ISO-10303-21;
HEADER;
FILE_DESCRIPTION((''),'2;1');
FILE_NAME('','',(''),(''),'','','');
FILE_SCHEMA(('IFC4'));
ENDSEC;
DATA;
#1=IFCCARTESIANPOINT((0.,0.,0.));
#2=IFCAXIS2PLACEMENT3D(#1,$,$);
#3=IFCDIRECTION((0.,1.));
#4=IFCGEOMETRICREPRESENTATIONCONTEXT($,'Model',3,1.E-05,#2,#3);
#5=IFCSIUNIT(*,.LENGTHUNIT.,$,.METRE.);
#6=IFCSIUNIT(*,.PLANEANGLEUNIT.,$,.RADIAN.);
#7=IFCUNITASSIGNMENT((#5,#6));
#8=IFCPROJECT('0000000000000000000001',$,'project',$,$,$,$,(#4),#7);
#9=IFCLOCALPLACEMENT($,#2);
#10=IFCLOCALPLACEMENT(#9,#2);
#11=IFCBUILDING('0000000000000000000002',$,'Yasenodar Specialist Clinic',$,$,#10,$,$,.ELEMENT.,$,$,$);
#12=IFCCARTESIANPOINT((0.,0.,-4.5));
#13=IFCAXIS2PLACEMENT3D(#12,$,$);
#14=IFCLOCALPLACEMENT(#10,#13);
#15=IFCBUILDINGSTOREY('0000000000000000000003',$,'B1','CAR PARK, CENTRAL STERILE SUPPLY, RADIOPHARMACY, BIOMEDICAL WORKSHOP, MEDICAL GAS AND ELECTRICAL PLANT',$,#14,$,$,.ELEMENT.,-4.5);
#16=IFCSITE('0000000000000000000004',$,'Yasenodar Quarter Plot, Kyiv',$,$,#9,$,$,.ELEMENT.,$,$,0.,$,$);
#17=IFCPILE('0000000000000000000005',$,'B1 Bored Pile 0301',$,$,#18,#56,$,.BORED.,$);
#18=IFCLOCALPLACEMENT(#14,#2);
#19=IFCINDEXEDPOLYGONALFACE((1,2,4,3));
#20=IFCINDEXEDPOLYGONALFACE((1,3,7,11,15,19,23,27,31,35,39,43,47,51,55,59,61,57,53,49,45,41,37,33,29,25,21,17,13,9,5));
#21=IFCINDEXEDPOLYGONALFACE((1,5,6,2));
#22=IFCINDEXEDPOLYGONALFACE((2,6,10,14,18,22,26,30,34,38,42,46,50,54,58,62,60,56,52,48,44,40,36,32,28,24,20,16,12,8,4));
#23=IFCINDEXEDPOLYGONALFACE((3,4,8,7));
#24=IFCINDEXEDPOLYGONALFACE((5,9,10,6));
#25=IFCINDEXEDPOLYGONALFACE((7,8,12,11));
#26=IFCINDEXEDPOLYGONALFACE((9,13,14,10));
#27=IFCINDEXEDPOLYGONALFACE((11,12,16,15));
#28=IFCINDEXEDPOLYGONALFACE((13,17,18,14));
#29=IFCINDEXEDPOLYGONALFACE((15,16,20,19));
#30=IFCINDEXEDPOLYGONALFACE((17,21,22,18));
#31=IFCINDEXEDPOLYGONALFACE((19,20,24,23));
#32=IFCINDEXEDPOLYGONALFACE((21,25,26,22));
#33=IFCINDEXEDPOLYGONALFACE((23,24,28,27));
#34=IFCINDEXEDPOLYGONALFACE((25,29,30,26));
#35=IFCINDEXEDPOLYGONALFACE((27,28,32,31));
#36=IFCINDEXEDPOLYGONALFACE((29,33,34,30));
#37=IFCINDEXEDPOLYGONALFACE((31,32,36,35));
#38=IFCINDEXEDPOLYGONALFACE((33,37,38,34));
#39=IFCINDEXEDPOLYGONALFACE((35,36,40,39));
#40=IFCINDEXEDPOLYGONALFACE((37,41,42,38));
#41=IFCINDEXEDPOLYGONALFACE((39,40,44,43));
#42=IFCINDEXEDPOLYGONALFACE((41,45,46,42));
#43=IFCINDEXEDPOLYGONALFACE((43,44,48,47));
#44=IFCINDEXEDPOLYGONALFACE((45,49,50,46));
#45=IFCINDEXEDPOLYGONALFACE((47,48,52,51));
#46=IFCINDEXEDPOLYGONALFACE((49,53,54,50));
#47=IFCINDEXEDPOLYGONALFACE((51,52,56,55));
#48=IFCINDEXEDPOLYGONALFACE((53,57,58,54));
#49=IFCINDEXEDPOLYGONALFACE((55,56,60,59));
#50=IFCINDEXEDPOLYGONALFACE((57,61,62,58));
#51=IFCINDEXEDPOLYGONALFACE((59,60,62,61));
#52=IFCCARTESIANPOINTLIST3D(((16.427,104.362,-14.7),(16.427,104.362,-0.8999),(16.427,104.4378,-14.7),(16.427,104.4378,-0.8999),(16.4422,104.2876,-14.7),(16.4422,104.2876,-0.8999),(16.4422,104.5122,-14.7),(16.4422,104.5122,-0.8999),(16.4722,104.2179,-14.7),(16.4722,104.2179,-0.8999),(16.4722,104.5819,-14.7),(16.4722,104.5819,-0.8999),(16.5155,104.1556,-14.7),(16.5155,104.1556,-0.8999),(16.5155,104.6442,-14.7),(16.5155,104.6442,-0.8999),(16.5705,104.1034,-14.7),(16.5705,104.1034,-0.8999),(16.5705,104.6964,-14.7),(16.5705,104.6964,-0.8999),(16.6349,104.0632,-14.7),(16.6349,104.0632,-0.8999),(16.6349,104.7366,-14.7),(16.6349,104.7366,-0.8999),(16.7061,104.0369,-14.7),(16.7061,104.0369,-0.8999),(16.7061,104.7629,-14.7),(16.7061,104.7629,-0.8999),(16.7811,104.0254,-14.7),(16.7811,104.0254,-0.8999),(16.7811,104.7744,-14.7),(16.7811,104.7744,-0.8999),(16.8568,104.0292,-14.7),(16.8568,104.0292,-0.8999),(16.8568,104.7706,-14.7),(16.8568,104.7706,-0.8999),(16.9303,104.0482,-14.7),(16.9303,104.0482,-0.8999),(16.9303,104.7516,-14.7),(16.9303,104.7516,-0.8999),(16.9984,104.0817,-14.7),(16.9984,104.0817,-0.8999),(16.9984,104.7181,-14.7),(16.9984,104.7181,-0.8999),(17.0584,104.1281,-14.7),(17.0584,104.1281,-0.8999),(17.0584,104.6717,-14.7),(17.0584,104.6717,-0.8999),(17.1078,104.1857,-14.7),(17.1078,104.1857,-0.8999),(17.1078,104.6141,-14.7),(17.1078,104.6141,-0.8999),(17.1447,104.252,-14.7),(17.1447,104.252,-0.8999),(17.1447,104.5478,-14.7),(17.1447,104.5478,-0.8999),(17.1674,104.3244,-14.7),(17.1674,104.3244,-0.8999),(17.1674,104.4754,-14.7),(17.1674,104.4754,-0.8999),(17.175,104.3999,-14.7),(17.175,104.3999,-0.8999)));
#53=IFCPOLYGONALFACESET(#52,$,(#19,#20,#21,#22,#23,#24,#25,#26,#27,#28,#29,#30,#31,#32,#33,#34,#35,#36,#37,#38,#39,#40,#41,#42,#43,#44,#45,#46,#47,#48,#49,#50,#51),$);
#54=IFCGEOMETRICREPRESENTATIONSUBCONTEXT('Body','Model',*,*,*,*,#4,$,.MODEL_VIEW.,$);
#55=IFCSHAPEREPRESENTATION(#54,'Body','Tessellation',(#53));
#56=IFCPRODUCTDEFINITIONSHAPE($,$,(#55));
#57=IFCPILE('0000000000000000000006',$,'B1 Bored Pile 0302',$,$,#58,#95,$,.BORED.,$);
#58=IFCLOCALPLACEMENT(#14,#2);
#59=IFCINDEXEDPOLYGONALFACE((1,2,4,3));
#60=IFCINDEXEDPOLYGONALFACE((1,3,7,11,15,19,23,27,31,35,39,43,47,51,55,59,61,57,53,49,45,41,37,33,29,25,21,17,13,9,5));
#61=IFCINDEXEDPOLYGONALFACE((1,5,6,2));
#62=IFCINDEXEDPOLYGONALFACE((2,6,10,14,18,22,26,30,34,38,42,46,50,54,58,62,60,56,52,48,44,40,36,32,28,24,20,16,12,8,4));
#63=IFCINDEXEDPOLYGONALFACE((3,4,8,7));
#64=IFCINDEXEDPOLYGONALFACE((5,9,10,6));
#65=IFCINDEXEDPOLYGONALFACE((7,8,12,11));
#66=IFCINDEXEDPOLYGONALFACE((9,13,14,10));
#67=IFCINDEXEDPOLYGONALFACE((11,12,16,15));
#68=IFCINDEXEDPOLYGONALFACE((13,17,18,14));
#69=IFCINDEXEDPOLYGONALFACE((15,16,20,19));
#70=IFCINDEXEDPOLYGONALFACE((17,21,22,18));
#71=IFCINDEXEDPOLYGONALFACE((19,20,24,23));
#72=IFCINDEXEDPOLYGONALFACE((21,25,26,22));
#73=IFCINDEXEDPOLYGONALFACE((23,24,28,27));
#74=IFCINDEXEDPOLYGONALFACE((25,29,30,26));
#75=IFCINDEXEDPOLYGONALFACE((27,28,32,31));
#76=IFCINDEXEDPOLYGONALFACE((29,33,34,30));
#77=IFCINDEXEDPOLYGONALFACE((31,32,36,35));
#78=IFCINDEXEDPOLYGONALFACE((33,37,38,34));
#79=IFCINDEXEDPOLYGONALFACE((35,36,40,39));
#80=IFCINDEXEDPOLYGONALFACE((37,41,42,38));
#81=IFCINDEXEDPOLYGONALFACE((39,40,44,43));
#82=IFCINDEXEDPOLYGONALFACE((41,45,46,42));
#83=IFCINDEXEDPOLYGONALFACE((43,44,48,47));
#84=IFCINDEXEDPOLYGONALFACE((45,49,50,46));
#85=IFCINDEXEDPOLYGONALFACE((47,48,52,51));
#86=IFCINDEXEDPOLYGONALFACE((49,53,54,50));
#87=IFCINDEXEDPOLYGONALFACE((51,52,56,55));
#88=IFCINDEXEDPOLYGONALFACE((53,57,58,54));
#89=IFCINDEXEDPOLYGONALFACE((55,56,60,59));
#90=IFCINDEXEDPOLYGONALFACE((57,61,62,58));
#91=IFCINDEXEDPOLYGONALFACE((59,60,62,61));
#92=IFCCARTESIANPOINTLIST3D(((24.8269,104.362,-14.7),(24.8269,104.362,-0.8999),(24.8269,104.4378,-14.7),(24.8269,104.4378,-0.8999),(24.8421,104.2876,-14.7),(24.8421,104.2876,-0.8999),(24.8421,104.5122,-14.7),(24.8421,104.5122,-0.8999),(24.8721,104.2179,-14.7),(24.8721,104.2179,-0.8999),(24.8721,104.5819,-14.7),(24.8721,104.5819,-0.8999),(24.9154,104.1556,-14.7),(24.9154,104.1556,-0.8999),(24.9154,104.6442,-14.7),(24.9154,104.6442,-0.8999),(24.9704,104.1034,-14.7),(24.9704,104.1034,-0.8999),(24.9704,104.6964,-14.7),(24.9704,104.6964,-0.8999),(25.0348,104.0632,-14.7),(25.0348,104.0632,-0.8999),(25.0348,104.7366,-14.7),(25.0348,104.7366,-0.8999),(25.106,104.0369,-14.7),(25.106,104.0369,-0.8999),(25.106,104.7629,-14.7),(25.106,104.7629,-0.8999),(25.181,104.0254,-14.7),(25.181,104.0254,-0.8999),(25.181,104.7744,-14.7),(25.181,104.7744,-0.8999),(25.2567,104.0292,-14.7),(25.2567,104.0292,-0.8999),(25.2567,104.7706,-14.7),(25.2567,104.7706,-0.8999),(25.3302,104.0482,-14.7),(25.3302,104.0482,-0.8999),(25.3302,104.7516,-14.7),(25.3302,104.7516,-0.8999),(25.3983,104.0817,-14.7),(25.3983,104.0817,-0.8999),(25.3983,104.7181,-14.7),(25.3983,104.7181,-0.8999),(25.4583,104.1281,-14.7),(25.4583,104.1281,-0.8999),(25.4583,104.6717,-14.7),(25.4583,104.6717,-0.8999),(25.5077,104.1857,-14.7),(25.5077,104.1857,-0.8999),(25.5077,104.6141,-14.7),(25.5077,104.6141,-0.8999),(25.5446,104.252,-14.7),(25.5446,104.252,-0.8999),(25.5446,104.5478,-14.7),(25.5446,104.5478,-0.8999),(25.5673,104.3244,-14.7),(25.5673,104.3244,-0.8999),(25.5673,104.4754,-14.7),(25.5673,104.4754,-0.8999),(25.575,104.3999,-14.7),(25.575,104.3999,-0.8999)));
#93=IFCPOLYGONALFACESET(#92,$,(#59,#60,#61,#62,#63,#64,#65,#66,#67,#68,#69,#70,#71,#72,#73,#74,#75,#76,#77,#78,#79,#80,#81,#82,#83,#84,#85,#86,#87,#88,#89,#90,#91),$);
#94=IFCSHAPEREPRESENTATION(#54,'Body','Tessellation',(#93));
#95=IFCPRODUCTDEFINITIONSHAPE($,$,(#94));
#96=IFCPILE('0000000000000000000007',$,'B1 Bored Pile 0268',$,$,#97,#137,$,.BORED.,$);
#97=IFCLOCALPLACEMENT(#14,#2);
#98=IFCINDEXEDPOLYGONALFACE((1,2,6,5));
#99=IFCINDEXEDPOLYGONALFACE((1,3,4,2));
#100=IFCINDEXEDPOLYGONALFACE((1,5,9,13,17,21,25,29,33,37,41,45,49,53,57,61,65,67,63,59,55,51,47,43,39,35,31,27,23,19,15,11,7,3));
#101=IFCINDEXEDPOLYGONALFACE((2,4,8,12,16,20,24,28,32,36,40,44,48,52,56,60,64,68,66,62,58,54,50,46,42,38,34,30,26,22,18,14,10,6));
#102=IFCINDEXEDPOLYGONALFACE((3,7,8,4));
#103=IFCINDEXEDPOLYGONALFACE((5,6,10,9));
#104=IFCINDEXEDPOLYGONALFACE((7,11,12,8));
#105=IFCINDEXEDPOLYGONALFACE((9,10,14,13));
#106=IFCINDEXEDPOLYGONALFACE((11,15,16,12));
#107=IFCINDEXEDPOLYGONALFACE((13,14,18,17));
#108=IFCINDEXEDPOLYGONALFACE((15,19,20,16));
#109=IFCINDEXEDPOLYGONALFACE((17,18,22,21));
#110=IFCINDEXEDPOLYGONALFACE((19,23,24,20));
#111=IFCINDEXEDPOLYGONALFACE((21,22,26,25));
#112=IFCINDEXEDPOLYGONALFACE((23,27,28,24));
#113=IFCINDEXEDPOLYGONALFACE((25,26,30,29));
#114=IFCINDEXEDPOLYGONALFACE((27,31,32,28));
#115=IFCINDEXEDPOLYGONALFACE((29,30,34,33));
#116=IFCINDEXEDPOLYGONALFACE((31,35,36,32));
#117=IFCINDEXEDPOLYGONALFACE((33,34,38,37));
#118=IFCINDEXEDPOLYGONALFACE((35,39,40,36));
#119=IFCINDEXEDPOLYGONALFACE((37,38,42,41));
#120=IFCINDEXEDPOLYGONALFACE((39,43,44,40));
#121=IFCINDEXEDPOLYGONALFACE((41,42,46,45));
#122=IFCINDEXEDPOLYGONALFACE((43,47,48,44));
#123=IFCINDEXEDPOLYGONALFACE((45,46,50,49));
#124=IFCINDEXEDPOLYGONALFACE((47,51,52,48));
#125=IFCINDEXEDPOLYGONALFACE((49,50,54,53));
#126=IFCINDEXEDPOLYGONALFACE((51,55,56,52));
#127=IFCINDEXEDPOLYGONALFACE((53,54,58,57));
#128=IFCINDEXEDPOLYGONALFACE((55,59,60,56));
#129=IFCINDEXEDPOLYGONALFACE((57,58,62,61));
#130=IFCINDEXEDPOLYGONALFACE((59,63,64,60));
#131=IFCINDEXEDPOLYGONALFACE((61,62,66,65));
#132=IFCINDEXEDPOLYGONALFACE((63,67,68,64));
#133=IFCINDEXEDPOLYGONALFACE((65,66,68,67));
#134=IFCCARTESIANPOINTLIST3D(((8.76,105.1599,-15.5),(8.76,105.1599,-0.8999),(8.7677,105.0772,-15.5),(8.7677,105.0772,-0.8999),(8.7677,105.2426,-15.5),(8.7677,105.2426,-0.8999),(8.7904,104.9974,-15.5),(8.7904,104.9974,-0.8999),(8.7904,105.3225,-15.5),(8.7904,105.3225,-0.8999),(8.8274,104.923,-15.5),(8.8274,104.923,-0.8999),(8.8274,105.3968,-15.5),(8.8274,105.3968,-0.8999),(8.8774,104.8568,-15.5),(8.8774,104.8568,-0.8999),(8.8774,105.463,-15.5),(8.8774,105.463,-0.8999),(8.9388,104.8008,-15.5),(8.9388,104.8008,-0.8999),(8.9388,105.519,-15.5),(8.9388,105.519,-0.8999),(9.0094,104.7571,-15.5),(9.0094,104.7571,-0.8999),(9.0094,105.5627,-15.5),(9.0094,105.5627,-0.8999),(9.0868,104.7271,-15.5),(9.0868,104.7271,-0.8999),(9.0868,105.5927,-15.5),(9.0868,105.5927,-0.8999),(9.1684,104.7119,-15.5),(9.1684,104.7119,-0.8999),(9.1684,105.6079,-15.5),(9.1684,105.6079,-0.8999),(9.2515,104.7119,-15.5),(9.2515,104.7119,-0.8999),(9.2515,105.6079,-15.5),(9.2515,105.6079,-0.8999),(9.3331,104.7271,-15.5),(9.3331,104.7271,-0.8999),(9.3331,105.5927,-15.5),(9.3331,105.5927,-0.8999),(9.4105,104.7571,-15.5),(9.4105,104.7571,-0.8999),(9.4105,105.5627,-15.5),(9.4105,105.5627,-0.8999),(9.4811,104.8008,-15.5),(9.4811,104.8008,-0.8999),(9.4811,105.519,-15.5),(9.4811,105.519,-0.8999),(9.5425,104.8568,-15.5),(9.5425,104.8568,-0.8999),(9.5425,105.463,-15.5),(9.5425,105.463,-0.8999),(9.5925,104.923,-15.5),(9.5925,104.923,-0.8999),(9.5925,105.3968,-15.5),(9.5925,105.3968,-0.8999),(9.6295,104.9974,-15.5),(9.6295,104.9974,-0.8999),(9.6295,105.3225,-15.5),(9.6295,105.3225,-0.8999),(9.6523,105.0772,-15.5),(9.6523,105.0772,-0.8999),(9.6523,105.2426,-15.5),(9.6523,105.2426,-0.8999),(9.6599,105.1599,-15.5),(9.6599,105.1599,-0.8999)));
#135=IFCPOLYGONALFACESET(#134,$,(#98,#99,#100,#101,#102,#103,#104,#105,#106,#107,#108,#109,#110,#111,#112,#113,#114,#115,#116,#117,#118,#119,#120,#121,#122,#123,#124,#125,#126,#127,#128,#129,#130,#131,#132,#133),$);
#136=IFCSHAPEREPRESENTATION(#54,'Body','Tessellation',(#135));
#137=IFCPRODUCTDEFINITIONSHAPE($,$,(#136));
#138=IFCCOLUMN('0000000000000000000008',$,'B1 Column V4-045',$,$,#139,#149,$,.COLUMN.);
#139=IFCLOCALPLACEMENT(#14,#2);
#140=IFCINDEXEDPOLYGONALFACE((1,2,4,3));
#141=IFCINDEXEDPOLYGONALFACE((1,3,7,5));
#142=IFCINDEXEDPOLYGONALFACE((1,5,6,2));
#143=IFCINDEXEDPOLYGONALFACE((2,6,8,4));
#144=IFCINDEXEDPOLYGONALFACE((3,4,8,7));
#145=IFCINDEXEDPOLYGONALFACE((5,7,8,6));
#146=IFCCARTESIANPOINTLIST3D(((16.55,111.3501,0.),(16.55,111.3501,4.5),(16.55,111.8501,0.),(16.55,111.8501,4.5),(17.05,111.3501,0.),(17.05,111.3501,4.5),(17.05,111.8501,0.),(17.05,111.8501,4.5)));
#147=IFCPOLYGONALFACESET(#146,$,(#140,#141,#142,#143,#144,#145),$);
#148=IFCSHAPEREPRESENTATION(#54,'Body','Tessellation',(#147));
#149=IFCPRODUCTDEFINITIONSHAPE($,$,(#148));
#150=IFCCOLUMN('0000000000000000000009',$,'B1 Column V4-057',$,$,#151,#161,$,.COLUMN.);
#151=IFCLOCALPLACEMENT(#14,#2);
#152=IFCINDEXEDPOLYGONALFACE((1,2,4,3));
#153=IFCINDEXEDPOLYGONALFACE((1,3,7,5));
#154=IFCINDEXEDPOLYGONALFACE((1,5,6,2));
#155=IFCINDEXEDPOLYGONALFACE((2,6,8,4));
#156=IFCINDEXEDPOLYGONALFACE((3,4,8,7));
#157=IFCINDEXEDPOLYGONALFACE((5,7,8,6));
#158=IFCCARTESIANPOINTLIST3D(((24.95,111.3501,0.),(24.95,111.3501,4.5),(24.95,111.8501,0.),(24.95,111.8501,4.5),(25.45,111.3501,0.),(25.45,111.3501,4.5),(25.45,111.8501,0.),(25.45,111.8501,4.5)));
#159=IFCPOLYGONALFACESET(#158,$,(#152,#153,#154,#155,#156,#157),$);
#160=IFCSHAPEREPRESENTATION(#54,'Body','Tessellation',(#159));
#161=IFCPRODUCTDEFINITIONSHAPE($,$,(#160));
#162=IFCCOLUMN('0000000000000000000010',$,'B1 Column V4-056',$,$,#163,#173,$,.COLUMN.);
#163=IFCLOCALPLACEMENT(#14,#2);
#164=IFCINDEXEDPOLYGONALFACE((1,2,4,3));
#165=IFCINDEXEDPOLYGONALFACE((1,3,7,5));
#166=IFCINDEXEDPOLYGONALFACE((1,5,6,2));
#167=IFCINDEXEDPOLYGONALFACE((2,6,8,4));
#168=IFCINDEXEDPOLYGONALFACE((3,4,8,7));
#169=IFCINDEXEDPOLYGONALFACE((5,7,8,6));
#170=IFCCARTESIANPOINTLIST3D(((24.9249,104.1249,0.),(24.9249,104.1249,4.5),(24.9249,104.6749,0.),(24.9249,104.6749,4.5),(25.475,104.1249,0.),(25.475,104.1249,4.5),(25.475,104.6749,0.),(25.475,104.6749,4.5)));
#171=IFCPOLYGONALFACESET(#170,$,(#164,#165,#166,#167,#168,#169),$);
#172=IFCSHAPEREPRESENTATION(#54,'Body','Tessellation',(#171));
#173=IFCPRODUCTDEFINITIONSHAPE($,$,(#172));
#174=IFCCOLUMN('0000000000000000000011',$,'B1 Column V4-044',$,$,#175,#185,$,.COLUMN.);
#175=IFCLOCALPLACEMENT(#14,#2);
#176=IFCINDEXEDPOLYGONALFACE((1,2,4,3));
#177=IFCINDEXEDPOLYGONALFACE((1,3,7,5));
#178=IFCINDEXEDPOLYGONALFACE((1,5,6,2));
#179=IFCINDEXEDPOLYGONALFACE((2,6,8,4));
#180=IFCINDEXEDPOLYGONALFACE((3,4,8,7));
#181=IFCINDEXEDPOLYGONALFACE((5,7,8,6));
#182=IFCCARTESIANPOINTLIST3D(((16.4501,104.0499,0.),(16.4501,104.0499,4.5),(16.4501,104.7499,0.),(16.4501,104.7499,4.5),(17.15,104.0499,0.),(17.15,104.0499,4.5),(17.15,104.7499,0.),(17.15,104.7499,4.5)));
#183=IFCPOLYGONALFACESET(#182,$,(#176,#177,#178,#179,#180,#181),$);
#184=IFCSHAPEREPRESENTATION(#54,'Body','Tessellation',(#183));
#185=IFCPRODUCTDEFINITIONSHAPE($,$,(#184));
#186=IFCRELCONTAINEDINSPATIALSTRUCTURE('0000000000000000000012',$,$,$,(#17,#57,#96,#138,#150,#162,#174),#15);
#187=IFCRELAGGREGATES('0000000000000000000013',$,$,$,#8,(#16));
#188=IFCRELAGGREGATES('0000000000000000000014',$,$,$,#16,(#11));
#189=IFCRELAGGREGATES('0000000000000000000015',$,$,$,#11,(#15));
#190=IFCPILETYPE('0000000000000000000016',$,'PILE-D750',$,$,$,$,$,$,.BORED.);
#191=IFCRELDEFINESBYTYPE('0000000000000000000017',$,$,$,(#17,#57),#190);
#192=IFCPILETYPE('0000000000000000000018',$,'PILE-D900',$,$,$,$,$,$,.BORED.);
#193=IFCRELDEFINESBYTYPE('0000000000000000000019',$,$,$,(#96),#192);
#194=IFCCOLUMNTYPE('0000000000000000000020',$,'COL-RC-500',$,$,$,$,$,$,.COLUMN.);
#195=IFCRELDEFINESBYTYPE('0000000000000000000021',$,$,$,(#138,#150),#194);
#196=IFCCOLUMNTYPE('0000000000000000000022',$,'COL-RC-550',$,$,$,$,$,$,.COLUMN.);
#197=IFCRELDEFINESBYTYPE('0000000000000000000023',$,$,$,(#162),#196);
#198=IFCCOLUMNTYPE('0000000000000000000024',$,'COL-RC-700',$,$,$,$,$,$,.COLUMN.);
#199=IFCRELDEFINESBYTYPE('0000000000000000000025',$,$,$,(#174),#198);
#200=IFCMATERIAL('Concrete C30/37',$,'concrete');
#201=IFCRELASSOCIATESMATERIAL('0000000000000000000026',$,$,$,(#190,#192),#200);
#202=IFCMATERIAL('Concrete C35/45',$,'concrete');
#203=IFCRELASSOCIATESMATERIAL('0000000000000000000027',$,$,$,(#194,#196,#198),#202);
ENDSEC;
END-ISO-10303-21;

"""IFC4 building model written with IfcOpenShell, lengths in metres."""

from ifc_helpers import new_model, si_unit, direction, frame, origin, origin_2d, place, context, subcontext, project, spatial, rectangle, circle, extrude, material, material_profile, profile_set, type_object, element, save


model = new_model("IFC4")

# Units and contexts
model_context = context("Model", 3, precision=1e-05, world=origin(), true_north=direction((0.0, 1.0)))
body_context = subcontext(model_context, "Body", "Model", "MODEL_VIEW")
ifc_project = project(units=[si_unit("LENGTHUNIT", "METRE"), si_unit("PLANEANGLEUNIT", "RADIAN")], contexts=[model_context])

# Site, building, storey
site_placement = place(None, origin())
site = spatial("IfcSite", under=ifc_project, at=site_placement, Name="Yasenodar Quarter Plot, Kyiv", CompositionType="ELEMENT", RefElevation=0.0)
building_placement = place(site_placement, origin())
building = spatial("IfcBuilding", under=site, at=building_placement, Name="Yasenodar Specialist Clinic", CompositionType="ELEMENT")
storey_placement = place(building_placement, frame((0.0, 0.0, -4.5)))
storey = spatial("IfcBuildingStorey", under=building, at=storey_placement, Name="B1", Description="CAR PARK, CENTRAL STERILE SUPPLY, RADIOPHARMACY, BIOMEDICAL WORKSHOP, MEDICAL GAS AND ELECTRICAL PLANT", CompositionType="ELEMENT", Elevation=-4.5)

# Shared definitions
ifc_material_1 = material(Name="Concrete C35/45", Category="concrete")

# Piles
ifc_material_2 = material(Name="Concrete C30/37", Category="concrete")
ifc_material_profile_1 = material_profile(ifc_material_2, circle(Radius=0.375, at=origin_2d()), Name="PILE D750")
ifc_profile_set_1 = profile_set([ifc_material_profile_1], Name="Concrete C30/37")
pile_type_1 = type_object("IfcPileType", Name="PILE-D750", PredefinedType="BORED", material=ifc_profile_set_1)
for number, where, z_axis, x_axis, name in (
    (1, (16.8, 104.3999, -0.8999), (0.0, 0.0, -1.0), (1.0, 0.0, 0.0), "B1 Bored Pile 0301"),
    (2, (25.2, 104.3999, -0.8999), (0.0, 0.0, -1.0), (1.0, 0.0, 0.0), "B1 Bored Pile 0302"),
):
    element("IfcPile", number, at=place(storey_placement, frame(where, z_axis=z_axis, x_axis=x_axis)), inside=storey, type_object=pile_type_1, Name=name, PredefinedType="BORED", context=body_context, shape_type="SweptSolid", body=[
        extrude(circle(Radius=0.375, at=origin_2d()), origin(), (0.0, 0.0, 1.0), 13.8),
    ])
ifc_material_profile_2 = material_profile(ifc_material_2, circle(Radius=0.45, at=origin_2d()), Name="PILE D900")
ifc_profile_set_2 = profile_set([ifc_material_profile_2], Name="Concrete C30/37")
pile_type_2 = type_object("IfcPileType", Name="PILE-D900", PredefinedType="BORED", material=ifc_profile_set_2)
pile_placement = place(storey_placement, frame((9.21, 105.1599, -0.8999), z_axis=(0.0, 0.0, -1.0), x_axis=(1.0, 0.0, 0.0)))
element("IfcPile", 3, at=pile_placement, inside=storey, type_object=pile_type_2, Name="B1 Bored Pile 0268", PredefinedType="BORED", context=body_context, shape_type="SweptSolid", body=[
    extrude(circle(Radius=0.45, at=origin_2d()), origin(), (0.0, 0.0, 1.0), 14.6001),
])

# Columns
ifc_material_profile_3 = material_profile(ifc_material_1, rectangle(XDim=0.5, YDim=0.5, at=origin_2d()), Name="RC 500x500")
ifc_profile_set_3 = profile_set([ifc_material_profile_3], Name="Concrete C35/45")
column_type_1 = type_object("IfcColumnType", Name="COL-RC-500", PredefinedType="COLUMN", material=ifc_profile_set_3)
for number, where, z_axis, x_axis, name in (
    (4, (16.8, 111.6001, 0.0), (0.0, 0.0, 1.0), (1.0, 0.0, 0.0), "B1 Column V4-045"),
    (5, (25.2, 111.6001, 0.0), (0.0, 0.0, 1.0), (1.0, 0.0, 0.0), "B1 Column V4-057"),
):
    element("IfcColumn", number, at=place(storey_placement, frame(where, z_axis=z_axis, x_axis=x_axis)), inside=storey, type_object=column_type_1, Name=name, PredefinedType="COLUMN", context=body_context, shape_type="SweptSolid", body=[
        extrude(rectangle(XDim=0.5, YDim=0.5, at=origin_2d()), origin(), (0.0, 0.0, 1.0), 4.5),
    ])
ifc_material_profile_4 = material_profile(ifc_material_1, rectangle(XDim=0.55, YDim=0.55, at=origin_2d()), Name="RC 550x550")
ifc_profile_set_4 = profile_set([ifc_material_profile_4], Name="Concrete C35/45")
column_type_2 = type_object("IfcColumnType", Name="COL-RC-550", PredefinedType="COLUMN", material=ifc_profile_set_4)
column_1_placement = place(storey_placement, frame((25.2, 104.3999, 0.0), z_axis=(0.0, 0.0, 1.0), x_axis=(1.0, 0.0, 0.0)))
element("IfcColumn", 6, at=column_1_placement, inside=storey, type_object=column_type_2, Name="B1 Column V4-056", PredefinedType="COLUMN", context=body_context, shape_type="SweptSolid", body=[
    extrude(rectangle(XDim=0.55, YDim=0.55, at=origin_2d()), origin(), (0.0, 0.0, 1.0), 4.5),
])
ifc_material_profile_5 = material_profile(ifc_material_1, rectangle(XDim=0.7, YDim=0.7, at=origin_2d()), Name="RC 700x700")
ifc_profile_set_5 = profile_set([ifc_material_profile_5], Name="Concrete C35/45")
column_type_3 = type_object("IfcColumnType", Name="COL-RC-700", PredefinedType="COLUMN", material=ifc_profile_set_5)
column_2_placement = place(storey_placement, frame((16.8, 104.3999, 0.0), z_axis=(0.0, 0.0, 1.0), x_axis=(1.0, 0.0, 0.0)))
element("IfcColumn", 7, at=column_2_placement, inside=storey, type_object=column_type_3, Name="B1 Column V4-044", PredefinedType="COLUMN", context=body_context, shape_type="SweptSolid", body=[
    extrude(rectangle(XDim=0.7, YDim=0.7, at=origin_2d()), origin(), (0.0, 0.0, 1.0), 4.5),
])

save(model, "model.ifc")
